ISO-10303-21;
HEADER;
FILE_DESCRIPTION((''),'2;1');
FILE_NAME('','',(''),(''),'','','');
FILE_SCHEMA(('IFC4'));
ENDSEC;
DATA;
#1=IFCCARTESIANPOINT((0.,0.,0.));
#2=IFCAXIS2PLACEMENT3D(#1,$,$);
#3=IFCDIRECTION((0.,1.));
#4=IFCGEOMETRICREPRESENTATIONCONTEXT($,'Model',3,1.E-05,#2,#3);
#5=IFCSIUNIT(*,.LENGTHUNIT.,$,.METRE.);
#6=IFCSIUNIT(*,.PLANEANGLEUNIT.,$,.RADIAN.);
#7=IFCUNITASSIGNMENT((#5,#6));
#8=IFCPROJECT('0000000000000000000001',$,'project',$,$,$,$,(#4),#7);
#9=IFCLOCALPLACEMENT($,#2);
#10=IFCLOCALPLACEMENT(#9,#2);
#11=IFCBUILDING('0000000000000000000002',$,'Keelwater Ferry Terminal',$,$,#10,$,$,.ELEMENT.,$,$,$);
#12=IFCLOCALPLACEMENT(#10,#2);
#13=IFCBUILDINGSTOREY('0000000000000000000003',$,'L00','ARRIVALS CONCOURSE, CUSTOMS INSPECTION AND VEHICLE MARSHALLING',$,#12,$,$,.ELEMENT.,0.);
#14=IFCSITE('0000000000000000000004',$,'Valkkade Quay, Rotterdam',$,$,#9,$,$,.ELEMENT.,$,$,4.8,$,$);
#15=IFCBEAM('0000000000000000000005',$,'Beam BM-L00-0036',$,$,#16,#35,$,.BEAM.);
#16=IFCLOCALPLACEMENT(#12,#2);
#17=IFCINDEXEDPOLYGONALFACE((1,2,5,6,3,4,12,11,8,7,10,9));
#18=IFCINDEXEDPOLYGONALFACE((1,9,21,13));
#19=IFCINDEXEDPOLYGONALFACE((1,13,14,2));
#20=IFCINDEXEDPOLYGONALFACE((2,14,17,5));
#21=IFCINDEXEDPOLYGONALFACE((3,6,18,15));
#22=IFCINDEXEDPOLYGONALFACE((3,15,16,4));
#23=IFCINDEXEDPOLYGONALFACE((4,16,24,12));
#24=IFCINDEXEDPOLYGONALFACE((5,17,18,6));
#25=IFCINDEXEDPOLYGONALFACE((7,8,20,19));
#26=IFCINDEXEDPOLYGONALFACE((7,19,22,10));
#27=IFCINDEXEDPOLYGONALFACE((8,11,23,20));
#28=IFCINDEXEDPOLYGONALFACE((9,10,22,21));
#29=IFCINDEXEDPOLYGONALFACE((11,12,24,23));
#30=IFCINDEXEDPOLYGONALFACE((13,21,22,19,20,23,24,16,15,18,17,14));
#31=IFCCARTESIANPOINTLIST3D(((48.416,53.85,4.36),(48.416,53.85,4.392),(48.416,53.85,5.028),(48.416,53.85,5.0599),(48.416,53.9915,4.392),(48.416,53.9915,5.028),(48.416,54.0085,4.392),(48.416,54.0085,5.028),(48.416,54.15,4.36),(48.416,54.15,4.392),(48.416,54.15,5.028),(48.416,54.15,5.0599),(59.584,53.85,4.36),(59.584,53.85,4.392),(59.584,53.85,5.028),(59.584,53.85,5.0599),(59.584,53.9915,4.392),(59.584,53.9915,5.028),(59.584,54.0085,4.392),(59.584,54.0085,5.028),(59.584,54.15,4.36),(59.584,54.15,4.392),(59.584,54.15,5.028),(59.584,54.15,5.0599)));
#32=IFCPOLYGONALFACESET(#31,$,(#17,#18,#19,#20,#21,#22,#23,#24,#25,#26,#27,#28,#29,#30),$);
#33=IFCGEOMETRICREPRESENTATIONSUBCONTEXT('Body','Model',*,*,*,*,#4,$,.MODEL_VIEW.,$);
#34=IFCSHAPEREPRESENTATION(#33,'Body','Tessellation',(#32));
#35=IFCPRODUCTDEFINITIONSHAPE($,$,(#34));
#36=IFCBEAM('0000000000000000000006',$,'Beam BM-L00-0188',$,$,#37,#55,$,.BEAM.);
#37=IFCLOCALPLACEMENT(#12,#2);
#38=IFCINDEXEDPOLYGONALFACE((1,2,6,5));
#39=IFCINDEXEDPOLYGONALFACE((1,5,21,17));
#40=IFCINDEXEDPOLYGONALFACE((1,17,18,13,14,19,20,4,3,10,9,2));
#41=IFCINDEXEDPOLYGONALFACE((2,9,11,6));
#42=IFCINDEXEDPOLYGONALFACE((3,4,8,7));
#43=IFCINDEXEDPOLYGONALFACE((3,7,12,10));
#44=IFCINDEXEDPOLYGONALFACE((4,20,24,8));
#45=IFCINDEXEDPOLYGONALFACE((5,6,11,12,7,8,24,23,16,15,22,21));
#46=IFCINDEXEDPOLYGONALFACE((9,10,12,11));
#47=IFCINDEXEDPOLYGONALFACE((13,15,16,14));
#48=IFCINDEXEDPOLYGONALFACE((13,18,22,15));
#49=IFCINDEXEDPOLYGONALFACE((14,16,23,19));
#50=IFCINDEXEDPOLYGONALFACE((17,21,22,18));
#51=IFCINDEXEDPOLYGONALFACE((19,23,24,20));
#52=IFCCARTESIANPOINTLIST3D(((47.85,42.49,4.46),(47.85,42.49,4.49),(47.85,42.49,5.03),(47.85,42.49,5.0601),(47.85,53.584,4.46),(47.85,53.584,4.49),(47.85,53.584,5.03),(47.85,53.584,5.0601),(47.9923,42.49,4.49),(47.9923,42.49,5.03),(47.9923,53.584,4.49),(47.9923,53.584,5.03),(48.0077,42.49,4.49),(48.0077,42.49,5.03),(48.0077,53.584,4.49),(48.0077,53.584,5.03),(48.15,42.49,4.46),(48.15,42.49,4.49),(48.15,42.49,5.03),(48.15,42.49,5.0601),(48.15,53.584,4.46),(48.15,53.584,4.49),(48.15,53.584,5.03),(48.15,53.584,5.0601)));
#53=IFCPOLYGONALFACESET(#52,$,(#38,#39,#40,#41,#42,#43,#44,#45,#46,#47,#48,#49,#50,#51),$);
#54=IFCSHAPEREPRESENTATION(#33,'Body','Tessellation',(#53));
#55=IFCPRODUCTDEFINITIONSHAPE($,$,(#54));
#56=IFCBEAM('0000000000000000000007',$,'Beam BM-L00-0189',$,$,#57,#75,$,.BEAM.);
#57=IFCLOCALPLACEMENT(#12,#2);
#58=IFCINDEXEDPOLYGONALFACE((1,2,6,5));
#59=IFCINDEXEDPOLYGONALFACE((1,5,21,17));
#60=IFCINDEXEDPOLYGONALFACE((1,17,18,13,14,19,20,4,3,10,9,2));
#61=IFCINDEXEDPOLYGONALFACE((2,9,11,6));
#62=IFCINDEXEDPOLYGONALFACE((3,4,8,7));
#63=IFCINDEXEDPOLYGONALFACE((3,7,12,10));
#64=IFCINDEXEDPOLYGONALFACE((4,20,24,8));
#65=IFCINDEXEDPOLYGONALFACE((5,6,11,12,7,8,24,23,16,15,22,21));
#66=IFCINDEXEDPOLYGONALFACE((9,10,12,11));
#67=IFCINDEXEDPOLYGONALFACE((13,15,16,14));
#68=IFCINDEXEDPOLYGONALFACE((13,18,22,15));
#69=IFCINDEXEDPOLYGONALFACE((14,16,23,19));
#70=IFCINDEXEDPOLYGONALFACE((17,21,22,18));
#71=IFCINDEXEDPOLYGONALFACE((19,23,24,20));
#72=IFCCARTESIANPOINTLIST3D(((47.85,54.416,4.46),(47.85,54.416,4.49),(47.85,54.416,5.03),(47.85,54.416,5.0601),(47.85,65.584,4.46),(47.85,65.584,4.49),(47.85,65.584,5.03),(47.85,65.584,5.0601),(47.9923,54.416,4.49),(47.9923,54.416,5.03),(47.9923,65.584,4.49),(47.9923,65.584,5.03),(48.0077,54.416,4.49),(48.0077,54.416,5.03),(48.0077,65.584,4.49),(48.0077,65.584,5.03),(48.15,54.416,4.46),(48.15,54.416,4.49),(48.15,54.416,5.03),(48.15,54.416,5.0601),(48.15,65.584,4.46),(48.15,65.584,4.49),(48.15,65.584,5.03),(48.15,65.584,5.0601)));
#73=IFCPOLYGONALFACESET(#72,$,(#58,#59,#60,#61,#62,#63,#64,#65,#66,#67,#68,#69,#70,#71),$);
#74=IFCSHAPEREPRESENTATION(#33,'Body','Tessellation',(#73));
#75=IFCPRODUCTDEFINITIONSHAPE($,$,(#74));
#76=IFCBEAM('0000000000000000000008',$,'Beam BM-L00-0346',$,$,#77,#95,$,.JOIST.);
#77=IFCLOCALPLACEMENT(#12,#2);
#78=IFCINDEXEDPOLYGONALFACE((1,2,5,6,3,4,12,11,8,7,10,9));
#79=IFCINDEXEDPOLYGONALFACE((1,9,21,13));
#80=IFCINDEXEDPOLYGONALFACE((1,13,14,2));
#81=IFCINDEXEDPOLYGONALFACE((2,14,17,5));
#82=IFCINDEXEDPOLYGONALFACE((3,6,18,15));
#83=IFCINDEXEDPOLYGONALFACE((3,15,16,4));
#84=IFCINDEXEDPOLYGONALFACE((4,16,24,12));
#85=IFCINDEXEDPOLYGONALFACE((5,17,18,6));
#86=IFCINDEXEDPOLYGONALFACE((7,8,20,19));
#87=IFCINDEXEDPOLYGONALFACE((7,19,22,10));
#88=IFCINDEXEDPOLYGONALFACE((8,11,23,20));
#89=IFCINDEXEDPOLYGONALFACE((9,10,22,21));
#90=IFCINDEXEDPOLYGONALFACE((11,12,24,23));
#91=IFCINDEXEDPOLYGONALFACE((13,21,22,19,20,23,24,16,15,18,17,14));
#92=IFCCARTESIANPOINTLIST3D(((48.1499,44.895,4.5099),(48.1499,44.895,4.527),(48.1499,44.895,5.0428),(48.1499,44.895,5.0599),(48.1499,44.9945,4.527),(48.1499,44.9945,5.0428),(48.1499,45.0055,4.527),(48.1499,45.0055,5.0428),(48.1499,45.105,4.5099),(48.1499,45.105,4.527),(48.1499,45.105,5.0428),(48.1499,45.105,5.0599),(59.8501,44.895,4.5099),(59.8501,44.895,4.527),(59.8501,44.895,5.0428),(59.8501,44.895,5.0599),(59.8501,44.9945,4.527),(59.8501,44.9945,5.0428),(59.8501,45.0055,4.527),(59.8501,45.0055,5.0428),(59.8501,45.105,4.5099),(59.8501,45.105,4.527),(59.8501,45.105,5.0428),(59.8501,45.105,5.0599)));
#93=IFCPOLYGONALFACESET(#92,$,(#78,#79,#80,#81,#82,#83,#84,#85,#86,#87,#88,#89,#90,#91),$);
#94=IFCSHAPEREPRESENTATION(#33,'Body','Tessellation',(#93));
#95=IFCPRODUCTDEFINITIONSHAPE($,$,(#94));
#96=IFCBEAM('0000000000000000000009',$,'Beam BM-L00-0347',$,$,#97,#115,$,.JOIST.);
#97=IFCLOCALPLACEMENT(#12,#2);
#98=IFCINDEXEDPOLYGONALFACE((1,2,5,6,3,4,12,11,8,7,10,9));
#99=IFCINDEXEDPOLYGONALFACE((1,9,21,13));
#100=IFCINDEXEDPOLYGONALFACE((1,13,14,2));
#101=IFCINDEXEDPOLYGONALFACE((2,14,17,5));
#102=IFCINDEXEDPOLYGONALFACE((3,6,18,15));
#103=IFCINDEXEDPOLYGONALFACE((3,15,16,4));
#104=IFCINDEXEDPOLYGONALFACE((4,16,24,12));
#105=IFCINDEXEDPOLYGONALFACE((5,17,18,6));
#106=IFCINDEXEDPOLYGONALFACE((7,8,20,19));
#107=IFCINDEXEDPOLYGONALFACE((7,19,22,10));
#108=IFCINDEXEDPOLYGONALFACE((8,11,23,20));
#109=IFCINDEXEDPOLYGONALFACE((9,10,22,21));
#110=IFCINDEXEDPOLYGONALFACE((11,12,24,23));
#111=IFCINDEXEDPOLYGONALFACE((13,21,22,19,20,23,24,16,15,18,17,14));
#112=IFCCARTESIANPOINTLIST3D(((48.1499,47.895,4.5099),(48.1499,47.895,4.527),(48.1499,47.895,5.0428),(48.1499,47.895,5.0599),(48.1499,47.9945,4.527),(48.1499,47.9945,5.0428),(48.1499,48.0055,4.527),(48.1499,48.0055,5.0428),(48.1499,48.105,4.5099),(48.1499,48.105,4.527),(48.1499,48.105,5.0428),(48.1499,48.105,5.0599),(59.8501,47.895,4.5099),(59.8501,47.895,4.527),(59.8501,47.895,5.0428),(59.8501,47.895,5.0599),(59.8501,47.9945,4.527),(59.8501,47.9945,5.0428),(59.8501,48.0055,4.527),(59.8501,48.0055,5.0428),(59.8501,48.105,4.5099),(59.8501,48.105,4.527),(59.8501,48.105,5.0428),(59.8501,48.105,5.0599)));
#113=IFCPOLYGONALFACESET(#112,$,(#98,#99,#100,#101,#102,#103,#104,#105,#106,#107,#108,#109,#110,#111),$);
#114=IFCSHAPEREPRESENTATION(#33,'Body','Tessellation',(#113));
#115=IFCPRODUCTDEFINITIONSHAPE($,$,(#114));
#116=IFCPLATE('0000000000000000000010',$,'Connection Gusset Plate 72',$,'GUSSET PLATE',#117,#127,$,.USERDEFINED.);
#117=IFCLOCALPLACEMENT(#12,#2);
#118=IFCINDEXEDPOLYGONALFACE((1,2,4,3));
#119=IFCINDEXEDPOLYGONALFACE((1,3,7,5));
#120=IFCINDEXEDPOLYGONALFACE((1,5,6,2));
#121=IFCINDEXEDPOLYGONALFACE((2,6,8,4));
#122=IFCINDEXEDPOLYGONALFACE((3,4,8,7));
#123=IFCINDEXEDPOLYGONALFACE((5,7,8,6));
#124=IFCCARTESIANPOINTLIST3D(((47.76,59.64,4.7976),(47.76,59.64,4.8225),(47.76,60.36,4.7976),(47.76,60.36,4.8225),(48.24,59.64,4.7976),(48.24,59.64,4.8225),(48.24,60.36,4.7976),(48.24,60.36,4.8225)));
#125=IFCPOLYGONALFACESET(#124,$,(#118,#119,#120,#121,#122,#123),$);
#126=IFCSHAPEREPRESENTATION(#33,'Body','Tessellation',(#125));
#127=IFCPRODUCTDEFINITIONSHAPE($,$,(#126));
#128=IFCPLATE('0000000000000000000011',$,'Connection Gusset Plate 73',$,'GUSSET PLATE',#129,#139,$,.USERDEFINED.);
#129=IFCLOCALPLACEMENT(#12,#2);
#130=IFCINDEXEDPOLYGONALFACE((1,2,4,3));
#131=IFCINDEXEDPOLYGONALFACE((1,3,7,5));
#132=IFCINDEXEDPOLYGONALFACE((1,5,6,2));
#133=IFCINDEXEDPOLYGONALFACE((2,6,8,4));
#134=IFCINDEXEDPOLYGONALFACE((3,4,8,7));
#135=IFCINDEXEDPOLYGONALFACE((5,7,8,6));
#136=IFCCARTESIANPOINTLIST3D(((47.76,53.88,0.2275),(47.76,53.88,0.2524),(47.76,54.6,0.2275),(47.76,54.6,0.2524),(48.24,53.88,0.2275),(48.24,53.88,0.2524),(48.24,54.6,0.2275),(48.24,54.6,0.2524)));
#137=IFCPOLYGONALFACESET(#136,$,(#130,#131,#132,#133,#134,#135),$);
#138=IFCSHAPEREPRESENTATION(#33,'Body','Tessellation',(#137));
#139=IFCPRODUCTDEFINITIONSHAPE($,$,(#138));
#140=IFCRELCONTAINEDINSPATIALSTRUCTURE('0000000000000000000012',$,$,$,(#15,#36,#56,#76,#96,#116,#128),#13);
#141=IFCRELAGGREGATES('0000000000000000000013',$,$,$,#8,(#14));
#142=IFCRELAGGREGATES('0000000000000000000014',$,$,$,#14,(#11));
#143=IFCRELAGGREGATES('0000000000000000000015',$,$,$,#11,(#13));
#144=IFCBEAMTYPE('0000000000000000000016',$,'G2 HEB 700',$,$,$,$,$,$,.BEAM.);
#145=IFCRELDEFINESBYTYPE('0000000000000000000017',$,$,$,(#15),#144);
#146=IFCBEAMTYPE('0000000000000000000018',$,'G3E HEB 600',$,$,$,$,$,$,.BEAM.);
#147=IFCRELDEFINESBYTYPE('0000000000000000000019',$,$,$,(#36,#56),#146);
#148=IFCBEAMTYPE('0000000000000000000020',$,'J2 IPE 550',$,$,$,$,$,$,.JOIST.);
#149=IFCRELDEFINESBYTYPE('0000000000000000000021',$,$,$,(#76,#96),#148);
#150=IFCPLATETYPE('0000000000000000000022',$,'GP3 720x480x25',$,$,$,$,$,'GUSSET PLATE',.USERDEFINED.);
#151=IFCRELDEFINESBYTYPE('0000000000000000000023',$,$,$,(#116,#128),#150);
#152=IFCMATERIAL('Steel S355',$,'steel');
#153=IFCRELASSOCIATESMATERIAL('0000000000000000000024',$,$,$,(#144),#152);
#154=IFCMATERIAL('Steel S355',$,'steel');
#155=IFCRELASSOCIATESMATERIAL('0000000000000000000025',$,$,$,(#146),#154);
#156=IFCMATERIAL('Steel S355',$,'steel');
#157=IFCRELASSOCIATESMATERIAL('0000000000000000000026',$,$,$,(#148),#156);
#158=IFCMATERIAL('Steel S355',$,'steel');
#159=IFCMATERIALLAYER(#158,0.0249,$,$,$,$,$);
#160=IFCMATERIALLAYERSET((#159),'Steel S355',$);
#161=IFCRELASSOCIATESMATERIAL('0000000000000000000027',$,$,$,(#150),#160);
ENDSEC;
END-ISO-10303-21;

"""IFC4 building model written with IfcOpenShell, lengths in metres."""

from ifc_helpers import new_model, si_unit, direction, frame, origin, origin_2d, place, context, subcontext, project, spatial, rectangle, i_section, extrude, material, layer, layer_set, material_profile, profile_set, type_object, element, save


model = new_model("IFC4")

# Units and contexts
model_context = context("Model", 3, precision=1e-05, world=origin(), true_north=direction((0.0, 1.0)))
body_context = subcontext(model_context, "Body", "Model", "MODEL_VIEW")
ifc_project = project(units=[si_unit("LENGTHUNIT", "METRE"), si_unit("PLANEANGLEUNIT", "RADIAN")], contexts=[model_context])

# Site, building, storey
site_placement = place(None, origin())
site = spatial("IfcSite", under=ifc_project, at=site_placement, Name="Valkkade Quay, Rotterdam", CompositionType="ELEMENT", RefElevation=4.8)
building_placement = place(site_placement, origin())
building = spatial("IfcBuilding", under=site, at=building_placement, Name="Keelwater Ferry Terminal", CompositionType="ELEMENT")
storey_placement = place(building_placement, origin())
storey = spatial("IfcBuildingStorey", under=building, at=storey_placement, Name="L00", Description="ARRIVALS CONCOURSE, CUSTOMS INSPECTION AND VEHICLE MARSHALLING", CompositionType="ELEMENT", Elevation=0.0)

# Beams
ifc_material_1 = material(Name="Steel S355", Category="steel")
ifc_material_profile_1 = material_profile(ifc_material_1, i_section(OverallWidth=0.3, OverallDepth=0.7, WebThickness=0.0171, FlangeThickness=0.032, at=origin_2d()), Name="HEB 700")
ifc_profile_set_1 = profile_set([ifc_material_profile_1], Name="Steel S355")
beam_type_1 = type_object("IfcBeamType", Name="G2 HEB 700", PredefinedType="BEAM", material=ifc_profile_set_1)
beam_1_placement = place(storey_placement, frame((48.416, 54.0, 4.71), z_axis=(1.0, 0.0, 0.0), x_axis=(0.0, 1.0, 0.0)))
element("IfcBeam", 1, at=beam_1_placement, inside=storey, type_object=beam_type_1, Name="Beam BM-L00-0036", PredefinedType="BEAM", context=body_context, shape_type="SweptSolid", body=[
    extrude(i_section(OverallWidth=0.3, OverallDepth=0.7, WebThickness=0.0171, FlangeThickness=0.032, at=origin_2d()), origin(), (0.0, 0.0, 1.0), 11.168),
])
ifc_material_2 = material(Name="Steel S355", Category="steel")
ifc_material_profile_2 = material_profile(ifc_material_2, i_section(OverallWidth=0.3, OverallDepth=0.6001, WebThickness=0.0154, FlangeThickness=0.03, at=origin_2d()), Name="HEB 600")
ifc_profile_set_2 = profile_set([ifc_material_profile_2], Name="Steel S355")
beam_type_2 = type_object("IfcBeamType", Name="G3E HEB 600", PredefinedType="BEAM", material=ifc_profile_set_2)
beam_2_placement = place(storey_placement, frame((48.0, 42.49, 4.76), z_axis=(0.0, 1.0, 0.0), x_axis=(-1.0, 0.0, 0.0)))
element("IfcBeam", 2, at=beam_2_placement, inside=storey, type_object=beam_type_2, Name="Beam BM-L00-0188", PredefinedType="BEAM", context=body_context, shape_type="SweptSolid", body=[
    extrude(i_section(OverallWidth=0.3, OverallDepth=0.6001, WebThickness=0.0154, FlangeThickness=0.03, at=origin_2d()), origin(), (0.0, 0.0, 1.0), 11.094),
])
beam_3_placement = place(storey_placement, frame((48.0, 54.416, 4.76), z_axis=(0.0, 1.0, 0.0), x_axis=(-1.0, 0.0, 0.0)))
element("IfcBeam", 3, at=beam_3_placement, inside=storey, type_object=beam_type_2, Name="Beam BM-L00-0189", PredefinedType="BEAM", context=body_context, shape_type="SweptSolid", body=[
    extrude(i_section(OverallWidth=0.3, OverallDepth=0.6001, WebThickness=0.0154, FlangeThickness=0.03, at=origin_2d()), origin(), (0.0, 0.0, 1.0), 11.168),
])
ifc_material_3 = material(Name="Steel S355", Category="steel")
ifc_material_profile_3 = material_profile(ifc_material_3, i_section(OverallWidth=0.21, OverallDepth=0.55, WebThickness=0.011, FlangeThickness=0.0171, at=origin_2d()), Name="IPE 550")
ifc_profile_set_3 = profile_set([ifc_material_profile_3], Name="Steel S355")
beam_type_3 = type_object("IfcBeamType", Name="J2 IPE 550", PredefinedType="JOIST", material=ifc_profile_set_3)
for number, where, z_axis, x_axis, name in (
    (4, (48.1499, 45.0, 4.7849), (1.0, 0.0, 0.0), (0.0, 1.0, 0.0), "Beam BM-L00-0346"),
    (5, (48.1499, 48.0, 4.7849), (1.0, 0.0, 0.0), (0.0, 1.0, 0.0), "Beam BM-L00-0347"),
):
    element("IfcBeam", number, at=place(storey_placement, frame(where, z_axis=z_axis, x_axis=x_axis)), inside=storey, type_object=beam_type_3, Name=name, PredefinedType="JOIST", context=body_context, shape_type="SweptSolid", body=[
        extrude(i_section(OverallWidth=0.21, OverallDepth=0.55, WebThickness=0.011, FlangeThickness=0.0171, at=origin_2d()), origin(), (0.0, 0.0, 1.0), 11.7002),
    ])

# Plates
ifc_material_4 = material(Name="Steel S355", Category="steel")
ifc_layer_1 = layer(ifc_material_4, 0.0249)
ifc_layer_set_1 = layer_set([ifc_layer_1], Name="Steel S355")
plate_type = type_object("IfcPlateType", Name="GP3 720x480x25", ElementType="GUSSET PLATE", PredefinedType="USERDEFINED", material=ifc_layer_set_1)
for number, where, z_axis, x_axis, name in (
    (6, (48.0, 60.0, 4.7976), (0.0, 0.0, 1.0), (0.0, 1.0, 0.0), "Connection Gusset Plate 72"),
    (7, (48.0, 54.24, 0.2275), (0.0, 0.0, 1.0), (0.0, 1.0, 0.0), "Connection Gusset Plate 73"),
):
    element("IfcPlate", number, at=place(storey_placement, frame(where, z_axis=z_axis, x_axis=x_axis)), inside=storey, type_object=plate_type, Name=name, ObjectType="GUSSET PLATE", PredefinedType="USERDEFINED", context=body_context, shape_type="SweptSolid", body=[
        extrude(rectangle(XDim=0.72, YDim=0.48, at=origin_2d()), origin(), (0.0, 0.0, 1.0), 0.0249),
    ])

save(model, "model.ifc")
